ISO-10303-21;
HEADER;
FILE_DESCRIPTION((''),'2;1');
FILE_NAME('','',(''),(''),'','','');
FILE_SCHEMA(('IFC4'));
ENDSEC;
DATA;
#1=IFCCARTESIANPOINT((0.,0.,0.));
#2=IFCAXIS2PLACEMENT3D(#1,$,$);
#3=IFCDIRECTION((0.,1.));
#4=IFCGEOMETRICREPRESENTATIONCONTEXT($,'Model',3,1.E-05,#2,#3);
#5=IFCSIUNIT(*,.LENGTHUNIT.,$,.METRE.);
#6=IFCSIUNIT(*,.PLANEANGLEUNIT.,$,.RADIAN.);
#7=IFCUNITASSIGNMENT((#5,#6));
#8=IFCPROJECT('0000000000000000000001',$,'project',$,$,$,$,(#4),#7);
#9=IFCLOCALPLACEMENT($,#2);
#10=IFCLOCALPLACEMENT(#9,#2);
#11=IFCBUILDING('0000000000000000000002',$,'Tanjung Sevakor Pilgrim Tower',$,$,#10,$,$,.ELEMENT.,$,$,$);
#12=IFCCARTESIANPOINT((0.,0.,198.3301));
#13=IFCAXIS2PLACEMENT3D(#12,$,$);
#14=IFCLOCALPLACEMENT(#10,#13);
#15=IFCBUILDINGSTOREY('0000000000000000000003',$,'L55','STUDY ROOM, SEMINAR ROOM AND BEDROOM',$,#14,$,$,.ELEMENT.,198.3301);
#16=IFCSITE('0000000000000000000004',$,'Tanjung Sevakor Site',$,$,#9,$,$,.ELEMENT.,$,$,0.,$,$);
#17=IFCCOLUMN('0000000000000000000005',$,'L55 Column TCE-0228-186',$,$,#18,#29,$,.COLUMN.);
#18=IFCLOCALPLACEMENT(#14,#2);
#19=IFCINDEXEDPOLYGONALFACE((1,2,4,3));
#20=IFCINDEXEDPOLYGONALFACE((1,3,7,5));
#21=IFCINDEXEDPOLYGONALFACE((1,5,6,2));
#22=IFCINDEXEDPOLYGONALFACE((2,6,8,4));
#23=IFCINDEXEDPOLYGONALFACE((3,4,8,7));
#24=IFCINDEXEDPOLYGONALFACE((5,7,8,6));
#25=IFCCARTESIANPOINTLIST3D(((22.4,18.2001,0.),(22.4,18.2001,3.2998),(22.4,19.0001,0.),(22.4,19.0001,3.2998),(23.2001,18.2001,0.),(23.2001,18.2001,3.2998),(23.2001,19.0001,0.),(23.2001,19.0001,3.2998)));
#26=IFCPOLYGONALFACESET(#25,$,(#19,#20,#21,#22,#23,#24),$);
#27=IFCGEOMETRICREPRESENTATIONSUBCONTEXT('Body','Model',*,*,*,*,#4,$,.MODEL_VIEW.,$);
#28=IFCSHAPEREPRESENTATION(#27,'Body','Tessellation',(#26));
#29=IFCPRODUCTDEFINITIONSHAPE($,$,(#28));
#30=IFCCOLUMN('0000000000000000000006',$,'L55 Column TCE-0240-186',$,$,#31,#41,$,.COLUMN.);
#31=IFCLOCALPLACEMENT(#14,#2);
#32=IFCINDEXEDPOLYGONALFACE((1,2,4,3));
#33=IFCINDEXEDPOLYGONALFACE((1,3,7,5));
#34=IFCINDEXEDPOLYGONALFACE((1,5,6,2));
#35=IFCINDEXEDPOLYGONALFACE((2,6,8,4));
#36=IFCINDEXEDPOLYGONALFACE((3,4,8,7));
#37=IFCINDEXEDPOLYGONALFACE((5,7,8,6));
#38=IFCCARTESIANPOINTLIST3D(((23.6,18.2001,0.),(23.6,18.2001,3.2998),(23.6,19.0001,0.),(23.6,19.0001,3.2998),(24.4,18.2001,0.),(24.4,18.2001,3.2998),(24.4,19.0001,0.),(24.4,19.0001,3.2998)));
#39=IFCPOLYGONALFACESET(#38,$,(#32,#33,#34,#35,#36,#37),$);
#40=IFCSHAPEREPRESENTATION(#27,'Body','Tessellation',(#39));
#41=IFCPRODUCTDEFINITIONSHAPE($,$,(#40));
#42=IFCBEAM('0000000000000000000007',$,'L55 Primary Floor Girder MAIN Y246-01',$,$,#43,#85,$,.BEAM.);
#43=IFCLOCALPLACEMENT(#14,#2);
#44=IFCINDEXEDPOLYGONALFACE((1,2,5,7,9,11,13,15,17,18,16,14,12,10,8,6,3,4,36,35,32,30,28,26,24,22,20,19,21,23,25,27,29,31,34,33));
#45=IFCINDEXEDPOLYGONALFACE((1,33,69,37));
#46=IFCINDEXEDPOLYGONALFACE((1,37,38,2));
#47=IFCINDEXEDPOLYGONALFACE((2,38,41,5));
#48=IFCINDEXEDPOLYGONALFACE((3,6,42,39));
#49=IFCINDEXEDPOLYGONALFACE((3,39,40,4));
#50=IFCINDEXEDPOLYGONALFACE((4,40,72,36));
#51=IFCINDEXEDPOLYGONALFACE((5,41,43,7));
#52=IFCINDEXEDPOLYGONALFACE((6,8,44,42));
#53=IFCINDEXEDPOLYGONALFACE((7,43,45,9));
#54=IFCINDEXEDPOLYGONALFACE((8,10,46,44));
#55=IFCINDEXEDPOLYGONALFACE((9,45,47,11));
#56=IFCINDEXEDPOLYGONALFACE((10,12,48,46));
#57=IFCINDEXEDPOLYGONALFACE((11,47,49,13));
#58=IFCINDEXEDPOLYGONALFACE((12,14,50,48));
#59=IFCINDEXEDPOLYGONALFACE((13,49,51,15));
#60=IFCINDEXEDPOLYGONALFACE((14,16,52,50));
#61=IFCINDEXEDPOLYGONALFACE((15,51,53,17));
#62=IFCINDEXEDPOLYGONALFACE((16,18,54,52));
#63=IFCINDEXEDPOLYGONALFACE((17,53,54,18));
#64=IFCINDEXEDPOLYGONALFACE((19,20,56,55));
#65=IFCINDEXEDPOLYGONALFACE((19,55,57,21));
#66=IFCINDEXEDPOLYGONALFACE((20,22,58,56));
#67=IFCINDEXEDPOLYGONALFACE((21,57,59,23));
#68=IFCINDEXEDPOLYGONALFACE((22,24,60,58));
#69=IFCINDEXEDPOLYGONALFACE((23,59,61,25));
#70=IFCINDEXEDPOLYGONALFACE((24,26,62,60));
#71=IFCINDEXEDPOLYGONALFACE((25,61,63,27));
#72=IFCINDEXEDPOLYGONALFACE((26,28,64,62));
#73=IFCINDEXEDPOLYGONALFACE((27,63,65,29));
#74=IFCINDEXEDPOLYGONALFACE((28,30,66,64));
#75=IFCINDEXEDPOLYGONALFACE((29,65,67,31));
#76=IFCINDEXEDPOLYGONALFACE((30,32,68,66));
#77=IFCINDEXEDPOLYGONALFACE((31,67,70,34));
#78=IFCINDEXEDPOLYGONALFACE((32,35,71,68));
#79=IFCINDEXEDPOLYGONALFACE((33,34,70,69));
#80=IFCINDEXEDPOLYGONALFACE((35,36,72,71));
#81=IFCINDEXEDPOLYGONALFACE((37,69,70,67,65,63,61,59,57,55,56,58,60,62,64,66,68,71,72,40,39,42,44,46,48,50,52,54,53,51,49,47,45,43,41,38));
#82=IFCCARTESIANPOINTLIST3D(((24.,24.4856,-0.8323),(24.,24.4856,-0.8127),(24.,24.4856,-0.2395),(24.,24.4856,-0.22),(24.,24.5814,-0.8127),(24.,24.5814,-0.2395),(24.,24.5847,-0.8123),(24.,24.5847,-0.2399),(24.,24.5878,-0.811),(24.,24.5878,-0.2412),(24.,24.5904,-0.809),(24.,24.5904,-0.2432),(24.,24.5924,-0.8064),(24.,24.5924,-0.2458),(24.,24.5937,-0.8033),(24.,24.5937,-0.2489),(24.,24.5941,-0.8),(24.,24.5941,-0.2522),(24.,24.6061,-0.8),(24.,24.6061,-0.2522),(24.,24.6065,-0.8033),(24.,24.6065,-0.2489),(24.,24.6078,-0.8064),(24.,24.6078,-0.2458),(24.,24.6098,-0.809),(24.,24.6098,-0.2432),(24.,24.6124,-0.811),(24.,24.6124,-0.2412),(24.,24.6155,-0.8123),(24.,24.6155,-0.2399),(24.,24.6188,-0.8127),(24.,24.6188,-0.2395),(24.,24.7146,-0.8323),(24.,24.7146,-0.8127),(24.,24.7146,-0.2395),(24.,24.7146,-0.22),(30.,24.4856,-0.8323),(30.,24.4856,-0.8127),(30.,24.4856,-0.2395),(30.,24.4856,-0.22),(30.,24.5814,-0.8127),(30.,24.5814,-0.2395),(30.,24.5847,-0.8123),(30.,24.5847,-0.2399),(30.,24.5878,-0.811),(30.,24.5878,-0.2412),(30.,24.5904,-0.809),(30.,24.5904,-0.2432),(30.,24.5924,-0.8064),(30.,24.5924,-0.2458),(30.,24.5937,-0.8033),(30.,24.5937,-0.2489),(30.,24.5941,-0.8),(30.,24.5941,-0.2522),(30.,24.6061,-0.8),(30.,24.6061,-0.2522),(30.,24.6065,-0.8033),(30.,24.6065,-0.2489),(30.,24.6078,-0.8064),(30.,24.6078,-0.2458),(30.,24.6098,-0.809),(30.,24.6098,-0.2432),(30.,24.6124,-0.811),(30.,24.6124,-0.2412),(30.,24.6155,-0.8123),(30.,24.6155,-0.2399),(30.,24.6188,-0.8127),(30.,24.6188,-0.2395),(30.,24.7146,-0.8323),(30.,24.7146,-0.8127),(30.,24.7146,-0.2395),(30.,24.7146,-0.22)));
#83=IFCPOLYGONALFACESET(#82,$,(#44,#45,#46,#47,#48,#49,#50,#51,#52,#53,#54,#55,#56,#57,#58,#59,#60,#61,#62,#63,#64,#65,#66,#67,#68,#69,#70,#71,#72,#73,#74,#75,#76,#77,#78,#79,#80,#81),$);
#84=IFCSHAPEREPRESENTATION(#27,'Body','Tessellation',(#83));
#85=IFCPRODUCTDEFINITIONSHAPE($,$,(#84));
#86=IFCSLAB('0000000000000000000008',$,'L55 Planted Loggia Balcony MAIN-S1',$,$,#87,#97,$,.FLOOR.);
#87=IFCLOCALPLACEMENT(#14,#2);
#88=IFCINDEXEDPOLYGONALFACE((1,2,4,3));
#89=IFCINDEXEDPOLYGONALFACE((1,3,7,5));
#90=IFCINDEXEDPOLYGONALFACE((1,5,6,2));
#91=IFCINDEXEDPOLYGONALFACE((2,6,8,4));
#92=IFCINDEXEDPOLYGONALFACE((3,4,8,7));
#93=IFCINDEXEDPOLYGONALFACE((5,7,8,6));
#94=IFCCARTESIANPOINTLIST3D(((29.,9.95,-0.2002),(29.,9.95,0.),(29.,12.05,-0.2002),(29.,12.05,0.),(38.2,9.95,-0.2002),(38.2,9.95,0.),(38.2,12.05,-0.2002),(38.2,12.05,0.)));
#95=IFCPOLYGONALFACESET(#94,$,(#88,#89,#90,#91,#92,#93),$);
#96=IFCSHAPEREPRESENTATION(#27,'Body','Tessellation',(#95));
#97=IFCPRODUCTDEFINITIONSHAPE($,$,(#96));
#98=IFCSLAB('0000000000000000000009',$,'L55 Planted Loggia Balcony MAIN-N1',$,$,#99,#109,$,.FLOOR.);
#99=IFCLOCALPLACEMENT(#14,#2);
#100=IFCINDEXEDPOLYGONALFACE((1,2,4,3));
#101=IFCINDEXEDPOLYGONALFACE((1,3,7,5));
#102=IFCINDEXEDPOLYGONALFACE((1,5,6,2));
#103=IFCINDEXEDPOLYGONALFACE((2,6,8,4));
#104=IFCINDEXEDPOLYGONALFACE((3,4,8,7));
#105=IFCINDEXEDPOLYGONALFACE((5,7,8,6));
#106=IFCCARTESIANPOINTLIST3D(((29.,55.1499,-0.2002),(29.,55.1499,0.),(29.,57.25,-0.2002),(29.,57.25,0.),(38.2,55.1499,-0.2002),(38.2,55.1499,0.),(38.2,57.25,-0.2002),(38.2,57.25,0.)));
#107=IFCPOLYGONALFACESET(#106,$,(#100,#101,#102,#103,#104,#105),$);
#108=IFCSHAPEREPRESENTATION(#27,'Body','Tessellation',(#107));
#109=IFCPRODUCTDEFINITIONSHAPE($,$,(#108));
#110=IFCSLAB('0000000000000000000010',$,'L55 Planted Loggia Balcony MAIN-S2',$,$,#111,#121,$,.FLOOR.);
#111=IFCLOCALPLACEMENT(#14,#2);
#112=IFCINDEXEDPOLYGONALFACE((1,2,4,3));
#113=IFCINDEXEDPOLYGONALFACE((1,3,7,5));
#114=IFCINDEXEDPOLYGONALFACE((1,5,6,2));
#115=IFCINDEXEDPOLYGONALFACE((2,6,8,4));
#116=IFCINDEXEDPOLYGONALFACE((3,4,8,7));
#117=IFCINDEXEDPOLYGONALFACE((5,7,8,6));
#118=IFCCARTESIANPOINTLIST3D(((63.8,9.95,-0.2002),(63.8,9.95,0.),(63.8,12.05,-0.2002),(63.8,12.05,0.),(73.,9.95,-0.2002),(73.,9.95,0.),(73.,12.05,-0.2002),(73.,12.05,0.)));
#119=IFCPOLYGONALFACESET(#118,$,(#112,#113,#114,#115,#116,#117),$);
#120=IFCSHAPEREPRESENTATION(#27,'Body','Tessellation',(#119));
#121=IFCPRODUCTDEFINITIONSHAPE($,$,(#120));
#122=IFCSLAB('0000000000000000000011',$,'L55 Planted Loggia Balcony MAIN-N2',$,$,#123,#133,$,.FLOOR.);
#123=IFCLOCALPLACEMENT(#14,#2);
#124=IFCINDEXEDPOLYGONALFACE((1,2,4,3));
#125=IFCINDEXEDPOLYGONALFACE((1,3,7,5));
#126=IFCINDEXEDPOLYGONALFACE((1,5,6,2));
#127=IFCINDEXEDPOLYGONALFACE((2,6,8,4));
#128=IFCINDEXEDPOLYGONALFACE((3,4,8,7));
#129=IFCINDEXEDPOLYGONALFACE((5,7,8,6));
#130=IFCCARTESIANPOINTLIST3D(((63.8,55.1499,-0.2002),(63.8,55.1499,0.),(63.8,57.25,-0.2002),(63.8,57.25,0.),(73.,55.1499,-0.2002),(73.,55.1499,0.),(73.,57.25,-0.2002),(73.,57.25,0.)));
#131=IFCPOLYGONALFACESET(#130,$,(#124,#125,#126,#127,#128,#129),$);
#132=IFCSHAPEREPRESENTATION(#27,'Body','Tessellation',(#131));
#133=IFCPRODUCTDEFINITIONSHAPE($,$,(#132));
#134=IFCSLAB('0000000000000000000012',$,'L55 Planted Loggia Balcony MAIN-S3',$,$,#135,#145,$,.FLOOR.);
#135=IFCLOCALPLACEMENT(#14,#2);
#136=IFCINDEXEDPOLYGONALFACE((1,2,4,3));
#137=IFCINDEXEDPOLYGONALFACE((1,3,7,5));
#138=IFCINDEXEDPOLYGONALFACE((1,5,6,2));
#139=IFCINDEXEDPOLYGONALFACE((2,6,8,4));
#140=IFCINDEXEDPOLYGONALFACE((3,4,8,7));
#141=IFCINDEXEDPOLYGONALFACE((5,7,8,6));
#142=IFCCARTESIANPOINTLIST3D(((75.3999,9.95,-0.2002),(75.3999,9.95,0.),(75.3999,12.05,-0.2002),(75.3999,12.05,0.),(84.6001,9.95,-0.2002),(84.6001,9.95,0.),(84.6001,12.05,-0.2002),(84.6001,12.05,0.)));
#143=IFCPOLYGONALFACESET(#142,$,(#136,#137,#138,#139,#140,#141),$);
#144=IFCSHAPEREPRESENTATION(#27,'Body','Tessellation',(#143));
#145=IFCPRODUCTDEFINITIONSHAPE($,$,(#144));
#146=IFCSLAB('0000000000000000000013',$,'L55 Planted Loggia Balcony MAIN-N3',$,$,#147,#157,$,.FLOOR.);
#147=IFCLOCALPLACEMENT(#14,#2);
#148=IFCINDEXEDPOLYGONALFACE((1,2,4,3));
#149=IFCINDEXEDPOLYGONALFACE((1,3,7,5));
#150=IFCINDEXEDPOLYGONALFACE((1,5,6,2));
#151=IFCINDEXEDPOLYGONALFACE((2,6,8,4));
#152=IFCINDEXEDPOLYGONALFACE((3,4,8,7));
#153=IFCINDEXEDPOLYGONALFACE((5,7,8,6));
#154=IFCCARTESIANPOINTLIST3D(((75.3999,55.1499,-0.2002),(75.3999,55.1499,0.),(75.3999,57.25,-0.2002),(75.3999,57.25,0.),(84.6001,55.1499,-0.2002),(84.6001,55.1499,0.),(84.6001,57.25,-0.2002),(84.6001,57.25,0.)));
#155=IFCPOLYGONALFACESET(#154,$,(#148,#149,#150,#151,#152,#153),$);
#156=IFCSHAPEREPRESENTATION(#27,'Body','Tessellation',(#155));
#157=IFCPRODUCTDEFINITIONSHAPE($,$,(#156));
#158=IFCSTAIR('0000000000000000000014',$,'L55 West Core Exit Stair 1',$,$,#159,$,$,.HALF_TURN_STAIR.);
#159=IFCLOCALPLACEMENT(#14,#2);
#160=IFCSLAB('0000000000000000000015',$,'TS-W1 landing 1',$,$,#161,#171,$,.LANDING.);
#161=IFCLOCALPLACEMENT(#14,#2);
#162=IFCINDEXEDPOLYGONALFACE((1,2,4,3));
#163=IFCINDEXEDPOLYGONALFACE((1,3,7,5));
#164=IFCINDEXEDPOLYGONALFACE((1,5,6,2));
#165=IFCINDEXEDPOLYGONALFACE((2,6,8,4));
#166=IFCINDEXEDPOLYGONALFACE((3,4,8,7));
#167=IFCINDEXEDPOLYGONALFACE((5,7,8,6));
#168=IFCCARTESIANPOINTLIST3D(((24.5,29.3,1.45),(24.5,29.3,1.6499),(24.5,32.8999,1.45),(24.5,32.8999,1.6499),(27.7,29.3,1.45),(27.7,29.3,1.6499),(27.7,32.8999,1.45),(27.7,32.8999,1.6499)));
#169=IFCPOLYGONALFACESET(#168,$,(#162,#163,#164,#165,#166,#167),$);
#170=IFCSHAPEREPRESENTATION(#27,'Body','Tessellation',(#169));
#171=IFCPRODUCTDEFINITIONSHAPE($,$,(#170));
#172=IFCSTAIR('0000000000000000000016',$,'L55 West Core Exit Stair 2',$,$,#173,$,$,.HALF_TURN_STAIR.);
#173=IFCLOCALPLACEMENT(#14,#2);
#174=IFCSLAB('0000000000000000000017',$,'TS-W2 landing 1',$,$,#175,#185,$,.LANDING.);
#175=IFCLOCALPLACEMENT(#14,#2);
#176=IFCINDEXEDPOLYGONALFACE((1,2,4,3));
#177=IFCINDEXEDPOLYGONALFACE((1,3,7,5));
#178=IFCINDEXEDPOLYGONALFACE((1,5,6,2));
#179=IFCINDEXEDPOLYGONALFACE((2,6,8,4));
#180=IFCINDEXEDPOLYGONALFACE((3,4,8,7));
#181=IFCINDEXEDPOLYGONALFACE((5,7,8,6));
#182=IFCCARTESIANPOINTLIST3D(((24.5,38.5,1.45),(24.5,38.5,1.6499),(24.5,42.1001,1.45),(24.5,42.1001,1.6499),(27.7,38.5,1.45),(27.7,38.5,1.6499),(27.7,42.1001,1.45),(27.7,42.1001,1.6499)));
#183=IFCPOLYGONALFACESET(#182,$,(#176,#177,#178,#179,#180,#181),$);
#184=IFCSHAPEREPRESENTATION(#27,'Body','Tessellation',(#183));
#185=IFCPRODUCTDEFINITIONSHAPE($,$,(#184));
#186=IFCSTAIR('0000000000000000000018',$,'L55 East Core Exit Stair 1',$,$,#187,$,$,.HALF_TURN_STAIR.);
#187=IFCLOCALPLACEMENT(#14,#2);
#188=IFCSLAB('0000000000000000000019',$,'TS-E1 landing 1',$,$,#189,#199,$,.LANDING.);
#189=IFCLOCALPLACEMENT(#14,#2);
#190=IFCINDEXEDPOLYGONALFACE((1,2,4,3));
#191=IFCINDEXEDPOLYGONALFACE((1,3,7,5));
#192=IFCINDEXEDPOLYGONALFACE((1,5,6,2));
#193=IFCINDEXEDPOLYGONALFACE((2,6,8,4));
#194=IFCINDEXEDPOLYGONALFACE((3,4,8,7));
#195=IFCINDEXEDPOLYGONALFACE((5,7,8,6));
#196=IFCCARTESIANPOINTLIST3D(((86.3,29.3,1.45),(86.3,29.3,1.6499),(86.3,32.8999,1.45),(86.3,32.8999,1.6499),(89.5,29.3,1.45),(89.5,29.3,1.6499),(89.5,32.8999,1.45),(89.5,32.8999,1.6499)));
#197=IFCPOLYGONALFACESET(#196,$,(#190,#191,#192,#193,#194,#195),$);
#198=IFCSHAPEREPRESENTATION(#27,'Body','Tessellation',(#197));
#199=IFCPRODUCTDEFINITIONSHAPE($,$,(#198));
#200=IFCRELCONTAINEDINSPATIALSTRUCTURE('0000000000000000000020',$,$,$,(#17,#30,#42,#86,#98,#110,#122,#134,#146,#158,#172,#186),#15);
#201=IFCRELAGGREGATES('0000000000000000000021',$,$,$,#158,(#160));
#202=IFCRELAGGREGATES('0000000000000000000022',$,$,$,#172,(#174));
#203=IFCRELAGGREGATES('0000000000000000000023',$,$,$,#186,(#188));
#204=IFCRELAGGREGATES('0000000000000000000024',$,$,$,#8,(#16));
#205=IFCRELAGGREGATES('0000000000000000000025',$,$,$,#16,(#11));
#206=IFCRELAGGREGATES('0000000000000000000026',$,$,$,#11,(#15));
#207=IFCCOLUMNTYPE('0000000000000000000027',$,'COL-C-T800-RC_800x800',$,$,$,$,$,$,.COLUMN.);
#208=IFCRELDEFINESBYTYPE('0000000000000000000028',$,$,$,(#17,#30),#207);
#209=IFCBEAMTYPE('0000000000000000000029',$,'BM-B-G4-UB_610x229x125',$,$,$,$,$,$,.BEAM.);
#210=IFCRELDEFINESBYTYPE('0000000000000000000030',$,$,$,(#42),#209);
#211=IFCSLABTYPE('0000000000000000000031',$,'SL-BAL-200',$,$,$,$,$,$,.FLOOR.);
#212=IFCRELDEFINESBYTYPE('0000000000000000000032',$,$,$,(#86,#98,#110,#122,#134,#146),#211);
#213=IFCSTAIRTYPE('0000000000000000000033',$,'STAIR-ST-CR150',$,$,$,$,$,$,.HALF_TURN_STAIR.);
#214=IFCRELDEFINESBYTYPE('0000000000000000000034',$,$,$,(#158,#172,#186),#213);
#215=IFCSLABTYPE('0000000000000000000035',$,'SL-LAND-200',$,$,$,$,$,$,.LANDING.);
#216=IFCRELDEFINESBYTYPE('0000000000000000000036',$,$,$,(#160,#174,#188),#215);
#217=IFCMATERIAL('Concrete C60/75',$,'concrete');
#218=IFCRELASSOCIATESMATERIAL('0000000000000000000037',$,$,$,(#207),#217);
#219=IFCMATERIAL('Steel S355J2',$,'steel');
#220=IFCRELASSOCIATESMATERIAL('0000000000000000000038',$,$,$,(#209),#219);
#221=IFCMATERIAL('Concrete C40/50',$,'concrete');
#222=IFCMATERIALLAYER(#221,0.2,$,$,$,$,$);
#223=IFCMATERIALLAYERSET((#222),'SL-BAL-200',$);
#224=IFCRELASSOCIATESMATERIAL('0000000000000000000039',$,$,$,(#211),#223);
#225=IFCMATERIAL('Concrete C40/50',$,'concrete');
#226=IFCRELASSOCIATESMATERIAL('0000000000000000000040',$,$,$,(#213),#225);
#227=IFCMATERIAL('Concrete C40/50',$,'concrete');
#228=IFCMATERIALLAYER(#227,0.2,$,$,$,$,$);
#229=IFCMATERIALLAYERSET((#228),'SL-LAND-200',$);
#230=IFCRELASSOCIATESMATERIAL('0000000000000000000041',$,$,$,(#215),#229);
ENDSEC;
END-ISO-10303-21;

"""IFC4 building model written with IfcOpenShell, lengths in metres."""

from ifc_helpers import new_model, si_unit, direction, frame, origin, origin_2d, place, context, subcontext, project, spatial, polyline, rectangle, i_section, outline, extrude, material, layer, layer_set, material_profile, profile_set, type_object, element, aggregate, save


model = new_model("IFC4")

# Units and contexts
model_context = context("Model", 3, precision=1e-05, world=origin(), true_north=direction((0.0, 1.0)))
body_context = subcontext(model_context, "Body", "Model", "MODEL_VIEW")
ifc_project = project(units=[si_unit("LENGTHUNIT", "METRE"), si_unit("PLANEANGLEUNIT", "RADIAN")], contexts=[model_context])

# Site, building, storey
site_placement = place(None, origin())
site = spatial("IfcSite", under=ifc_project, at=site_placement, Name="Tanjung Sevakor Site", CompositionType="ELEMENT", RefElevation=0.0)
building_placement = place(site_placement, origin())
building = spatial("IfcBuilding", under=site, at=building_placement, Name="Tanjung Sevakor Pilgrim Tower", CompositionType="ELEMENT")
storey_placement = place(building_placement, frame((0.0, 0.0, 198.3301)))
storey = spatial("IfcBuildingStorey", under=building, at=storey_placement, Name="L55", Description="STUDY ROOM, SEMINAR ROOM AND BEDROOM", CompositionType="ELEMENT", Elevation=198.3301)

# Columns
ifc_material_1 = material(Name="Concrete C60/75", Category="concrete")
ifc_material_profile_1 = material_profile(ifc_material_1, rectangle(XDim=0.8, YDim=0.8, at=origin_2d()))
ifc_profile_set_1 = profile_set([ifc_material_profile_1], Name="Concrete C60/75")
column_type = type_object("IfcColumnType", Name="COL-C-T800-RC_800x800", PredefinedType="COLUMN", material=ifc_profile_set_1)
for number, where, z_axis, x_axis, name in (
    (1, (22.8, 18.6001, 0.0), (0.0, 0.0, 1.0), (1.0, 0.0, 0.0), "L55 Column TCE-0228-186"),
    (2, (24.0, 18.6001, 0.0), (0.0, 0.0, 1.0), (1.0, 0.0, 0.0), "L55 Column TCE-0240-186"),
):
    element("IfcColumn", number, at=place(storey_placement, frame(where, z_axis=z_axis, x_axis=x_axis)), inside=storey, type_object=column_type, Name=name, PredefinedType="COLUMN", context=body_context, shape_type="SweptSolid", body=[
        extrude(rectangle(XDim=0.8, YDim=0.8, at=origin_2d()), origin(), (0.0, 0.0, 1.0), 3.2998),
    ])

# Beam
ifc_material_2 = material(Name="Steel S355J2", Category="steel")
ifc_material_profile_2 = material_profile(ifc_material_2, i_section(OverallWidth=0.229, OverallDepth=0.6123, WebThickness=0.012, FlangeThickness=0.0195, FilletRadius=0.0127, at=origin_2d()))
ifc_profile_set_2 = profile_set([ifc_material_profile_2], Name="Steel S355J2")
beam_type = type_object("IfcBeamType", Name="BM-B-G4-UB_610x229x125", PredefinedType="BEAM", material=ifc_profile_set_2)
beam_placement = place(storey_placement, frame((24.0, 24.6001, -0.5261), z_axis=(1.0, 0.0, 0.0), x_axis=(0.0, 1.0, 0.0)))
element("IfcBeam", 3, at=beam_placement, inside=storey, type_object=beam_type, Name="L55 Primary Floor Girder MAIN Y246-01", PredefinedType="BEAM", context=body_context, shape_type="SweptSolid", body=[
    extrude(i_section(OverallWidth=0.229, OverallDepth=0.6123, WebThickness=0.012, FlangeThickness=0.0195, FilletRadius=0.0127, at=origin_2d()), origin(), (0.0, 0.0, 1.0), 6.0),
])

# Slabs
ifc_material_3 = material(Name="Concrete C40/50", Category="concrete")
ifc_layer_1 = layer(ifc_material_3, 0.2)
ifc_layer_set_1 = layer_set([ifc_layer_1], Name="SL-BAL-200")
slab_type_1 = type_object("IfcSlabType", Name="SL-BAL-200", PredefinedType="FLOOR", material=ifc_layer_set_1)
slab_1_placement = place(storey_placement, frame((0.0, 0.0, -0.2002)))
element("IfcSlab", 4, at=slab_1_placement, inside=storey, type_object=slab_type_1, Name="L55 Planted Loggia Balcony MAIN-S1", PredefinedType="FLOOR", context=body_context, shape_type="SweptSolid", body=[
    extrude(outline(polyline([(29.0, 9.95), (38.2, 9.95), (38.2, 12.05), (29.0, 12.05), (29.0, 9.95)])), origin(), (0.0, 0.0, 1.0), 0.2002),
])
slab_2_placement = place(storey_placement, frame((0.0, 0.0, -0.2002)))
element("IfcSlab", 5, at=slab_2_placement, inside=storey, type_object=slab_type_1, Name="L55 Planted Loggia Balcony MAIN-N1", PredefinedType="FLOOR", context=body_context, shape_type="SweptSolid", body=[
    extrude(outline(polyline([(29.0, 55.1499), (38.2, 55.1499), (38.2, 57.25), (29.0, 57.25), (29.0, 55.1499)])), origin(), (0.0, 0.0, 1.0), 0.2002),
])
slab_3_placement = place(storey_placement, frame((0.0, 0.0, -0.2002)))
element("IfcSlab", 6, at=slab_3_placement, inside=storey, type_object=slab_type_1, Name="L55 Planted Loggia Balcony MAIN-S2", PredefinedType="FLOOR", context=body_context, shape_type="SweptSolid", body=[
    extrude(outline(polyline([(63.8, 9.95), (73.0, 9.95), (73.0, 12.05), (63.8, 12.05), (63.8, 9.95)])), origin(), (0.0, 0.0, 1.0), 0.2002),
])
slab_4_placement = place(storey_placement, frame((0.0, 0.0, -0.2002)))
element("IfcSlab", 7, at=slab_4_placement, inside=storey, type_object=slab_type_1, Name="L55 Planted Loggia Balcony MAIN-N2", PredefinedType="FLOOR", context=body_context, shape_type="SweptSolid", body=[
    extrude(outline(polyline([(63.8, 55.1499), (73.0, 55.1499), (73.0, 57.25), (63.8, 57.25), (63.8, 55.1499)])), origin(), (0.0, 0.0, 1.0), 0.2002),
])
slab_5_placement = place(storey_placement, frame((0.0, 0.0, -0.2002)))
element("IfcSlab", 8, at=slab_5_placement, inside=storey, type_object=slab_type_1, Name="L55 Planted Loggia Balcony MAIN-S3", PredefinedType="FLOOR", context=body_context, shape_type="SweptSolid", body=[
    extrude(outline(polyline([(75.3999, 9.95), (84.6001, 9.95), (84.6001, 12.05), (75.3999, 12.05), (75.3999, 9.95)])), origin(), (0.0, 0.0, 1.0), 0.2002),
])
slab_6_placement = place(storey_placement, frame((0.0, 0.0, -0.2002)))
element("IfcSlab", 9, at=slab_6_placement, inside=storey, type_object=slab_type_1, Name="L55 Planted Loggia Balcony MAIN-N3", PredefinedType="FLOOR", context=body_context, shape_type="SweptSolid", body=[
    extrude(outline(polyline([(75.3999, 55.1499), (84.6001, 55.1499), (84.6001, 57.25), (75.3999, 57.25), (75.3999, 55.1499)])), origin(), (0.0, 0.0, 1.0), 0.2002),
])

# Stairs, slabs
ifc_material_4 = material(Name="Concrete C40/50", Category="concrete")
stair_type = type_object("IfcStairType", Name="STAIR-ST-CR150", PredefinedType="HALF_TURN_STAIR", material=ifc_material_4)
stair_1_placement = place(storey_placement, origin())
stair_1 = element("IfcStair", 10, at=stair_1_placement, inside=storey, type_object=stair_type, Name="L55 West Core Exit Stair 1", PredefinedType="HALF_TURN_STAIR")
ifc_material_5 = material(Name="Concrete C40/50", Category="concrete")
ifc_layer_2 = layer(ifc_material_5, 0.2)
ifc_layer_set_2 = layer_set([ifc_layer_2], Name="SL-LAND-200")
slab_type_2 = type_object("IfcSlabType", Name="SL-LAND-200", PredefinedType="LANDING", material=ifc_layer_set_2)
slab_7_placement = place(storey_placement, frame((0.0, 0.0, 1.45)))
slab_7 = element("IfcSlab", 11, at=slab_7_placement, type_object=slab_type_2, Name="TS-W1 landing 1", PredefinedType="LANDING", context=body_context, shape_type="SweptSolid", body=[
    extrude(outline(polyline([(27.7, 29.3), (27.7, 32.8999), (24.5, 32.8999), (24.5, 29.3), (27.7, 29.3)])), origin(), (0.0, 0.0, 1.0), 0.2),
])
aggregate(stair_1, [slab_7])
stair_2_placement = place(storey_placement, origin())
stair_2 = element("IfcStair", 12, at=stair_2_placement, inside=storey, type_object=stair_type, Name="L55 West Core Exit Stair 2", PredefinedType="HALF_TURN_STAIR")
slab_8_placement = place(storey_placement, frame((0.0, 0.0, 1.45)))
slab_8 = element("IfcSlab", 13, at=slab_8_placement, type_object=slab_type_2, Name="TS-W2 landing 1", PredefinedType="LANDING", context=body_context, shape_type="SweptSolid", body=[
    extrude(outline(polyline([(27.7, 38.5), (27.7, 42.1001), (24.5, 42.1001), (24.5, 38.5), (27.7, 38.5)])), origin(), (0.0, 0.0, 1.0), 0.2),
])
aggregate(stair_2, [slab_8])
stair_3_placement = place(storey_placement, origin())
stair_3 = element("IfcStair", 14, at=stair_3_placement, inside=storey, type_object=stair_type, Name="L55 East Core Exit Stair 1", PredefinedType="HALF_TURN_STAIR")
slab_9_placement = place(storey_placement, frame((0.0, 0.0, 1.45)))
slab_9 = element("IfcSlab", 15, at=slab_9_placement, type_object=slab_type_2, Name="TS-E1 landing 1", PredefinedType="LANDING", context=body_context, shape_type="SweptSolid", body=[
    extrude(outline(polyline([(89.5, 29.3), (89.5, 32.8999), (86.3, 32.8999), (86.3, 29.3), (89.5, 29.3)])), origin(), (0.0, 0.0, 1.0), 0.2),
])
aggregate(stair_3, [slab_9])

save(model, "model.ifc")
